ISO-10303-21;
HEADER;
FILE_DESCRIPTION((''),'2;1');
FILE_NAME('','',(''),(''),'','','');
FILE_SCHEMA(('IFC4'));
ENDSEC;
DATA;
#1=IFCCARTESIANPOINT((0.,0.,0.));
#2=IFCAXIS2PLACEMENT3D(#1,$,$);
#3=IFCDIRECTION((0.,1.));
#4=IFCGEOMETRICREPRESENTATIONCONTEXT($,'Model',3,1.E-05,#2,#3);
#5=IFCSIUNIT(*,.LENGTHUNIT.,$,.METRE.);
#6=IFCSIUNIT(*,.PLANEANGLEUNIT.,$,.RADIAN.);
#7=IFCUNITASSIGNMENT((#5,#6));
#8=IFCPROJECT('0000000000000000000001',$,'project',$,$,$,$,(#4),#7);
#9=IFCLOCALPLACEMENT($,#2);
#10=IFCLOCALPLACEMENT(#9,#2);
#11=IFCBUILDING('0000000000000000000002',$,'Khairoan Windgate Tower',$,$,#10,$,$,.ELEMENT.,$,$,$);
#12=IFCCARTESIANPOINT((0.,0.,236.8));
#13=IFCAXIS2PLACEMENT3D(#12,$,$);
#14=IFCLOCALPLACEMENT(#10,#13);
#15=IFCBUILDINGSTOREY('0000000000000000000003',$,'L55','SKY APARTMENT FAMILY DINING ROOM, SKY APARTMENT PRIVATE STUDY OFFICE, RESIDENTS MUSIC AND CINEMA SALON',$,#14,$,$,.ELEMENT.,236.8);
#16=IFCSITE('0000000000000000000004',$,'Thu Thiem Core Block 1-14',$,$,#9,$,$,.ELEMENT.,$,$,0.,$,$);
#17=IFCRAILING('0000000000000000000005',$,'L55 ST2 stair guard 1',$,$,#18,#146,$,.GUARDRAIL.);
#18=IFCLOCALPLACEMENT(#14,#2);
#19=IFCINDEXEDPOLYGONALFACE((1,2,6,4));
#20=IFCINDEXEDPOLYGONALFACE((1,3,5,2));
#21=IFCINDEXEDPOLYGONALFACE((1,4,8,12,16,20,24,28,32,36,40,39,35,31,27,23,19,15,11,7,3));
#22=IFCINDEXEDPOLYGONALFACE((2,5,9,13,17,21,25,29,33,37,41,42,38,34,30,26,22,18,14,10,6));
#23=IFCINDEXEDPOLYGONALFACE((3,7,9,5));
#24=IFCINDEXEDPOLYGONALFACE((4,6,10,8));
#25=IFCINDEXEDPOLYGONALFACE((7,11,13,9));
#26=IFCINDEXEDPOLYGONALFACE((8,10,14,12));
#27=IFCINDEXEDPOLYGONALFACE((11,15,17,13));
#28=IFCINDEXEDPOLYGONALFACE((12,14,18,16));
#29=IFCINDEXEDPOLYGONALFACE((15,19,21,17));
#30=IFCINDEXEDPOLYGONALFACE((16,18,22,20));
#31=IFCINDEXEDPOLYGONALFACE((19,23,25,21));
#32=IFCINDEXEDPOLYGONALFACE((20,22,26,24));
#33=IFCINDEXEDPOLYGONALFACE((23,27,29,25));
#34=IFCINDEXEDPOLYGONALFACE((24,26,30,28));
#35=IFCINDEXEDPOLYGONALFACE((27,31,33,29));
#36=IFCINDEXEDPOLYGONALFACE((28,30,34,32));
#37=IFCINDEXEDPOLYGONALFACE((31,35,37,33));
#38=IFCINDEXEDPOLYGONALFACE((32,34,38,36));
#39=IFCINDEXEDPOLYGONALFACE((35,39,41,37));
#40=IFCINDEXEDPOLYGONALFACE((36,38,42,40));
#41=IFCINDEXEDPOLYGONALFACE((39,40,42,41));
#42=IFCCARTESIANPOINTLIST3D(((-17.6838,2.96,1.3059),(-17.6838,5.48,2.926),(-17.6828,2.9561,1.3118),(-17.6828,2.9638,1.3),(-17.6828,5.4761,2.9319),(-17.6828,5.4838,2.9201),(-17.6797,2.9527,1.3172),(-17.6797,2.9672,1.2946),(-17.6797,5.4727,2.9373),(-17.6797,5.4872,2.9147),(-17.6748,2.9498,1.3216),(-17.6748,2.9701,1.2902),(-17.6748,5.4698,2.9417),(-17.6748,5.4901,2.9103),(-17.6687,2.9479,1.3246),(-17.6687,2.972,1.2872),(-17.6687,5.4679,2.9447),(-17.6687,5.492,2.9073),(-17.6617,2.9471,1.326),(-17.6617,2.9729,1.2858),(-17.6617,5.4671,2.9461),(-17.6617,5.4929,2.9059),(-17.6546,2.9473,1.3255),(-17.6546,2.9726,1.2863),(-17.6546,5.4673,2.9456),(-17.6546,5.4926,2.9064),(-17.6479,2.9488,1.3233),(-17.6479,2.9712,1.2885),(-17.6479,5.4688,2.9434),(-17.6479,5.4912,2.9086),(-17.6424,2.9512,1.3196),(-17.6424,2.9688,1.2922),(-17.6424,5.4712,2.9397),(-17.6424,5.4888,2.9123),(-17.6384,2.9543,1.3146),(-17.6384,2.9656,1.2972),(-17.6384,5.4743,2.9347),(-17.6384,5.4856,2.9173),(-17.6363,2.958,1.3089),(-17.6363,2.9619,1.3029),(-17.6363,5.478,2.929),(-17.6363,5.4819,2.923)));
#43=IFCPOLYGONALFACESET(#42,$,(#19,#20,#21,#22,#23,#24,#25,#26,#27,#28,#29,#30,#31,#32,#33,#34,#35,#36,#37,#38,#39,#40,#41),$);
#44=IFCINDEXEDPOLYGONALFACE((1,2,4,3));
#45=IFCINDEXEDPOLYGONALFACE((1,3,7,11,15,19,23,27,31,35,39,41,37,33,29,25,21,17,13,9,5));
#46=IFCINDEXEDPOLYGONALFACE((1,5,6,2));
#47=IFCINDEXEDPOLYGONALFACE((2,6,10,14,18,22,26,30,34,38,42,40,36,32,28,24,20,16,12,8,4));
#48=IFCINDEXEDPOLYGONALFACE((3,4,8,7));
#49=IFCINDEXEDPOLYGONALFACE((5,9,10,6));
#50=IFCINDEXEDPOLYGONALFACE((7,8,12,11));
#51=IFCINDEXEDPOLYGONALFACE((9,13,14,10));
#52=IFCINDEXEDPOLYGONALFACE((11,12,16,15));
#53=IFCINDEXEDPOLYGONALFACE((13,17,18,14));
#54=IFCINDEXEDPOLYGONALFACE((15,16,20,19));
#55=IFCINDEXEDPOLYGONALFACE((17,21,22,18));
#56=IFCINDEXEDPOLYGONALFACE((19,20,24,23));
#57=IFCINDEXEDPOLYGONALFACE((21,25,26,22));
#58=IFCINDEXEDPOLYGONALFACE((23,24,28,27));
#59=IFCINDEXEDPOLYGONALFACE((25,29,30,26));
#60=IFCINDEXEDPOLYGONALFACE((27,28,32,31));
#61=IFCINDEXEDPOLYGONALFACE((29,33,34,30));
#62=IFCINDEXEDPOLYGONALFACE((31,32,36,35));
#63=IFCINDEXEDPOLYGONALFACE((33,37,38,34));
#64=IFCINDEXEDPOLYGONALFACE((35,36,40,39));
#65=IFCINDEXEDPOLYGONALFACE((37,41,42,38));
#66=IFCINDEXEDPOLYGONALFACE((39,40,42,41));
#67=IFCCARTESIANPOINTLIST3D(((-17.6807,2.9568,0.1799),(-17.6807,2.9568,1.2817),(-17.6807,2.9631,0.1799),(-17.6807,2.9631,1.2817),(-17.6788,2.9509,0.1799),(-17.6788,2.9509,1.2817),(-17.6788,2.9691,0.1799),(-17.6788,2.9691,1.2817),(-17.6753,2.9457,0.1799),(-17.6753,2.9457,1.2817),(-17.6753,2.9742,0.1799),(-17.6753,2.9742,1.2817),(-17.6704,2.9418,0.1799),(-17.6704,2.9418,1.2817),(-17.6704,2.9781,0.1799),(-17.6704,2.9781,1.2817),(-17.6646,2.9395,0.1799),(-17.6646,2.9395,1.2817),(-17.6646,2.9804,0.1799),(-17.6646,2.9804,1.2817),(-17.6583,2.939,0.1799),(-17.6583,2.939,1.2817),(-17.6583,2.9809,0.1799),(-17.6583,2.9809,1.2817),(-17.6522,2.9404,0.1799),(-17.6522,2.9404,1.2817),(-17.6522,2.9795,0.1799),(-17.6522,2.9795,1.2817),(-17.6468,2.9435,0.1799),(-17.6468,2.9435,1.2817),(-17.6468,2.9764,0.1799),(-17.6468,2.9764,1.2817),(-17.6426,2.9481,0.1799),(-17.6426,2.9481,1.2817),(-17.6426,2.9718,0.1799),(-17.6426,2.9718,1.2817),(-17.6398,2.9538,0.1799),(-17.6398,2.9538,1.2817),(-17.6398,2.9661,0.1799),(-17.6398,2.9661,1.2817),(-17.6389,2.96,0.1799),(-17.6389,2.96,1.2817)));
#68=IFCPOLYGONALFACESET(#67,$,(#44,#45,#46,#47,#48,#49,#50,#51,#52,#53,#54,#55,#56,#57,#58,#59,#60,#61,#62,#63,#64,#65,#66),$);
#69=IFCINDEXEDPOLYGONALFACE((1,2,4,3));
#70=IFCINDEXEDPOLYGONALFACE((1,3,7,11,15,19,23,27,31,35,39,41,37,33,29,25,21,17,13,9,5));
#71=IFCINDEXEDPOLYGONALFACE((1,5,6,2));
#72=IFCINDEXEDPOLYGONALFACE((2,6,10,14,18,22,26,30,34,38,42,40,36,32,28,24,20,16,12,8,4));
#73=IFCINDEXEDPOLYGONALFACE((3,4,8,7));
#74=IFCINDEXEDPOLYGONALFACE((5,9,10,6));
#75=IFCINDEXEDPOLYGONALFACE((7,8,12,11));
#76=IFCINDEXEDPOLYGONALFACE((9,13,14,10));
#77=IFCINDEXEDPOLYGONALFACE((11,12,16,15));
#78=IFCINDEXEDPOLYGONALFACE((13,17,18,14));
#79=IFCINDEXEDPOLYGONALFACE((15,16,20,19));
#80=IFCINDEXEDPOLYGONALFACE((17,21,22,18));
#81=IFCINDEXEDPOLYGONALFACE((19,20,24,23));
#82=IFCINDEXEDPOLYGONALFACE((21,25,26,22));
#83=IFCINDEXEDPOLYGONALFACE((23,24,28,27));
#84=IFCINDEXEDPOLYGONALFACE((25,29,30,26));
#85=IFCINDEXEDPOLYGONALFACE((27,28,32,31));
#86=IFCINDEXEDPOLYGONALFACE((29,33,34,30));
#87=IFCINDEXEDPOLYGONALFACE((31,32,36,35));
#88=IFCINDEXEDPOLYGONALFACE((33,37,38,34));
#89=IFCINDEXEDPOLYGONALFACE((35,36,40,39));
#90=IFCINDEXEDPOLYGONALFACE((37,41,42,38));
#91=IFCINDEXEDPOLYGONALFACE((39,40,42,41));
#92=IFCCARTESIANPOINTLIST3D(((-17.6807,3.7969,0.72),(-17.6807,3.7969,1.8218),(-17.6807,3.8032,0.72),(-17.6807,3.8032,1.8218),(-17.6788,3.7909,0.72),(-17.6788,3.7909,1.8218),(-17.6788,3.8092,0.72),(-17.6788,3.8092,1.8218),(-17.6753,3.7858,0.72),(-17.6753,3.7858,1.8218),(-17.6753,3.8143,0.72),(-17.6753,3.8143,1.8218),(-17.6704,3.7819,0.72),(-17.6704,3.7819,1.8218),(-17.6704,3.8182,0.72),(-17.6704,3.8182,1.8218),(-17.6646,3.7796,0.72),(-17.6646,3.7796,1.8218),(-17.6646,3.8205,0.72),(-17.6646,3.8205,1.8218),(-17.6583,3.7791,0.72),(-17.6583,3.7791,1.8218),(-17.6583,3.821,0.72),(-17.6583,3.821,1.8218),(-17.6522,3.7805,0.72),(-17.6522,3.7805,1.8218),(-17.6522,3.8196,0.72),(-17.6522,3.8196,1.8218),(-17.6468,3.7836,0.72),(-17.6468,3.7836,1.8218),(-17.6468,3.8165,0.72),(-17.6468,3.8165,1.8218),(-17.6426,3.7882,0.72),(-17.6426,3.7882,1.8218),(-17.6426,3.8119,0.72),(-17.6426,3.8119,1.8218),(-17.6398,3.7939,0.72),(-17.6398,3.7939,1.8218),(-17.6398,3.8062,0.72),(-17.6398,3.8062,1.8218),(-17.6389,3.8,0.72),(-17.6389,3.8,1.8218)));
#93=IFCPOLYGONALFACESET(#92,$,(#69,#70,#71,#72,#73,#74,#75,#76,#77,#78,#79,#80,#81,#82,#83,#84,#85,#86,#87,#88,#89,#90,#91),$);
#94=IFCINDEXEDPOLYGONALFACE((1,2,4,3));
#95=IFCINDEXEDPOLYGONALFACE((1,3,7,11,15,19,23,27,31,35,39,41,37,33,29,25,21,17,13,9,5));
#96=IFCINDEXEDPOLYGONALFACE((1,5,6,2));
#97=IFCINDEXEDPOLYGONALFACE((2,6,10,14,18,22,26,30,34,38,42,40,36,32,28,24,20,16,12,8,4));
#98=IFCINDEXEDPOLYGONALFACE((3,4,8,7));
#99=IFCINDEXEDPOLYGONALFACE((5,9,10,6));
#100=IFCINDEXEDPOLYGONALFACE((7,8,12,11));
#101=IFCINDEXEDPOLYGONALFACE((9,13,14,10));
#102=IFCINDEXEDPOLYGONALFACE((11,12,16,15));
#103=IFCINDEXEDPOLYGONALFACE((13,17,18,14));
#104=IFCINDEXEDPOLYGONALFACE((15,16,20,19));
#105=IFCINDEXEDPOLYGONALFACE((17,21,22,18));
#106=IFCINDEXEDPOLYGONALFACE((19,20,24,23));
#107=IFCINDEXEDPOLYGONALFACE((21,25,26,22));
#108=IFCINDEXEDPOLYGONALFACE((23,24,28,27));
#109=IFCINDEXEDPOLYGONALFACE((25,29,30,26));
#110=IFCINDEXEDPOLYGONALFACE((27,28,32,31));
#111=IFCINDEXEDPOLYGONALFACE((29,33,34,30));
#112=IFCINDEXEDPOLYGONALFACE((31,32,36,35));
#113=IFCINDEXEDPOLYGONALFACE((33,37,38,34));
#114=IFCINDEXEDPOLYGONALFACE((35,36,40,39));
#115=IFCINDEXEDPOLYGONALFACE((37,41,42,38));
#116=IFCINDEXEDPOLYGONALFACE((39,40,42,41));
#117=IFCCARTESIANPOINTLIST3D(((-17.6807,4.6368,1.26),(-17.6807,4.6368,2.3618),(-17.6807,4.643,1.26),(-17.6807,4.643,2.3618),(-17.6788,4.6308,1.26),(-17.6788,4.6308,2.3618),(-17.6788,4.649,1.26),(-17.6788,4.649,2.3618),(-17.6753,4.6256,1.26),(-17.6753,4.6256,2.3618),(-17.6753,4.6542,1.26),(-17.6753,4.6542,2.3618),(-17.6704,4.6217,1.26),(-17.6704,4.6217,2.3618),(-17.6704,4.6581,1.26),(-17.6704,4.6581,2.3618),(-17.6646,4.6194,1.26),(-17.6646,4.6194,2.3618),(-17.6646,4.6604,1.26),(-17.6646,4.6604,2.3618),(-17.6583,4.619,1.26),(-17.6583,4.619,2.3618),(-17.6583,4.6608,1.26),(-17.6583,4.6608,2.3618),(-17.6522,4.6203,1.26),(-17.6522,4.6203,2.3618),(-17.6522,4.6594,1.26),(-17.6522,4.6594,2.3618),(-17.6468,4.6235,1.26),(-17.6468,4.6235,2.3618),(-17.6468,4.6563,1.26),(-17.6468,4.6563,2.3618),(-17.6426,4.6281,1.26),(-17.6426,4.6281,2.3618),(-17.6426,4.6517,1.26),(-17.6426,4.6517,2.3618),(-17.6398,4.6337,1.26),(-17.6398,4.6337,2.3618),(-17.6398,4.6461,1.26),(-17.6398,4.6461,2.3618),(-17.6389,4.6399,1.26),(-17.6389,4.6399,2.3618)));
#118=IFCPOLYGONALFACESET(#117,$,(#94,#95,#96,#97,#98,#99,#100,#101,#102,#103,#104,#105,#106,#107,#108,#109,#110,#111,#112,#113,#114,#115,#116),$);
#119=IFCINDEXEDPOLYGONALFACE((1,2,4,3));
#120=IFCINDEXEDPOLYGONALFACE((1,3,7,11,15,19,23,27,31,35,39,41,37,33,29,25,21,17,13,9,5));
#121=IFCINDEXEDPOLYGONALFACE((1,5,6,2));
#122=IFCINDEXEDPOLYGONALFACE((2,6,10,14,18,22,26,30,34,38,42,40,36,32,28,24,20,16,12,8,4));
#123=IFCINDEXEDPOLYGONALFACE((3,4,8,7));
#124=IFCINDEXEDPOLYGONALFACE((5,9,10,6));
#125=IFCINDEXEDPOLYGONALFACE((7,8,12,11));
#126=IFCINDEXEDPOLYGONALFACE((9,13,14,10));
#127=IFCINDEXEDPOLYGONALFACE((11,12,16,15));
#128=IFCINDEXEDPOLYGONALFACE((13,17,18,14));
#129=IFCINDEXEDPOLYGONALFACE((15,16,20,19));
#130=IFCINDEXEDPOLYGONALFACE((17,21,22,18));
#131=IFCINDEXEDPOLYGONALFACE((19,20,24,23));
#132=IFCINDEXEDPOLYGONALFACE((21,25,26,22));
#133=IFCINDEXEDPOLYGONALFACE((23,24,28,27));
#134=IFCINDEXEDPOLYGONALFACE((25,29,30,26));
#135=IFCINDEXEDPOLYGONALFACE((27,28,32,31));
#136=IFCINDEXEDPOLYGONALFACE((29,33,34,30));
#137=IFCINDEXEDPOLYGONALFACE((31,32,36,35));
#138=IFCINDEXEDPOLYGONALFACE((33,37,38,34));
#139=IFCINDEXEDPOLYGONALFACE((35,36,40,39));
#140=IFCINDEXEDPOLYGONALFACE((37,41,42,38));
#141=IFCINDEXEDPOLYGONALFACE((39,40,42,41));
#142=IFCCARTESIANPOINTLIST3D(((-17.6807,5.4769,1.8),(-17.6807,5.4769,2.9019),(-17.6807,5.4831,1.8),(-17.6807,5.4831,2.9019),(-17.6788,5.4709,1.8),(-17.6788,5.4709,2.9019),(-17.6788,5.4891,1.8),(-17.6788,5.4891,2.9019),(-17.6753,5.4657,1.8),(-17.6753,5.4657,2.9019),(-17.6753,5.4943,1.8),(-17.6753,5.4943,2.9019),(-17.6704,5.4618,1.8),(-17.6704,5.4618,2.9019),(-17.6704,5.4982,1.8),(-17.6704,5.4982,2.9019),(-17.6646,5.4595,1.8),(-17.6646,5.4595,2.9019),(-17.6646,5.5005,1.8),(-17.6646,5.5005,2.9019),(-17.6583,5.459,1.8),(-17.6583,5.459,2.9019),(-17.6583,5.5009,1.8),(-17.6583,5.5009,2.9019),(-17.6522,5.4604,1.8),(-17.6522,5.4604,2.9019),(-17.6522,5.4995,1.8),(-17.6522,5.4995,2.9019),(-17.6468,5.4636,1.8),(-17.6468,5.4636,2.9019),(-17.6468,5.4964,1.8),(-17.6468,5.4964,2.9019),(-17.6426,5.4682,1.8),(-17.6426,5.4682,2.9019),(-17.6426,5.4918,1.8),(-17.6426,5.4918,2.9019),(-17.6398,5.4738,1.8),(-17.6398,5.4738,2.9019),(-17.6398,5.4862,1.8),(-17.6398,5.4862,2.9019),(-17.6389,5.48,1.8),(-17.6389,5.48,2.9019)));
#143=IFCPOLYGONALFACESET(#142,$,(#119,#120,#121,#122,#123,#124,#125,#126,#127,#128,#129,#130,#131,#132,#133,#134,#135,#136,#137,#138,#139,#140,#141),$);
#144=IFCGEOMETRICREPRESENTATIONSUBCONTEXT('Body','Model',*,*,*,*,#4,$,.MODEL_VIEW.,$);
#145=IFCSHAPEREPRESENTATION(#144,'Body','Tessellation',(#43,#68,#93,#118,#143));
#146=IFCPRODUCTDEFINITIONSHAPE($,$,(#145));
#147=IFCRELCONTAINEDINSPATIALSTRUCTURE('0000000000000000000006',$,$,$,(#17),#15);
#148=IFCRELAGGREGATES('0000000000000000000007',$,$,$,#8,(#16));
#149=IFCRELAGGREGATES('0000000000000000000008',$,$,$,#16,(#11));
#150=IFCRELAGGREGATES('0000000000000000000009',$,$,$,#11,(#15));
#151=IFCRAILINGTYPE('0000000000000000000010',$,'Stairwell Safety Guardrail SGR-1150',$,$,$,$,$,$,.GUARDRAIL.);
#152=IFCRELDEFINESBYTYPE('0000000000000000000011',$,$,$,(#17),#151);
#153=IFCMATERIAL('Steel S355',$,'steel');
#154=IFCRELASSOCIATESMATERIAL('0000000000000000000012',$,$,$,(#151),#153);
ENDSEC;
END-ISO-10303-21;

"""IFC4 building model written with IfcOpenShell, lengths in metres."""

from ifc_helpers import new_model, si_unit, direction, frame, origin, origin_2d, place, context, subcontext, project, spatial, circle, extrude, material, type_object, element, save


model = new_model("IFC4")

# Units and contexts
model_context = context("Model", 3, precision=1e-05, world=origin(), true_north=direction((0.0, 1.0)))
body_context = subcontext(model_context, "Body", "Model", "MODEL_VIEW")
ifc_project = project(units=[si_unit("LENGTHUNIT", "METRE"), si_unit("PLANEANGLEUNIT", "RADIAN")], contexts=[model_context])

# Site, building, storey
site_placement = place(None, origin())
site = spatial("IfcSite", under=ifc_project, at=site_placement, Name="Thu Thiem Core Block 1-14", CompositionType="ELEMENT", RefElevation=0.0)
building_placement = place(site_placement, origin())
building = spatial("IfcBuilding", under=site, at=building_placement, Name="Khairoan Windgate Tower", CompositionType="ELEMENT")
storey_placement = place(building_placement, frame((0.0, 0.0, 236.8)))
storey = spatial("IfcBuildingStorey", under=building, at=storey_placement, Name="L55", Description="SKY APARTMENT FAMILY DINING ROOM, SKY APARTMENT PRIVATE STUDY OFFICE, RESIDENTS MUSIC AND CINEMA SALON", CompositionType="ELEMENT", Elevation=236.8)

# Railing
ifc_material_1 = material(Name="Steel S355", Category="steel")
railing_type_1 = type_object("IfcRailingType", Name="Stairwell Safety Guardrail SGR-1150", PredefinedType="GUARDRAIL", material=ifc_material_1)
railing_1_placement = place(storey_placement, frame((-17.6599, 2.96, 0.1799)))
element("IfcRailing", 1, at=railing_1_placement, inside=storey, type_object=railing_type_1, Name="L55 ST2 stair guard 1", PredefinedType="GUARDRAIL", context=body_context, shape_type="SweptSolid", body=[
    extrude(circle(Radius=0.0239, at=origin_2d()), frame((0.0, 0.0, 1.126), z_axis=(0.0, 0.841163, 0.540782), x_axis=(-1.0, 0.0, 0.0)), (0.0, 0.0, 1.0), 2.9958),
    extrude(circle(Radius=0.021, at=origin_2d()), origin(), (0.0, 0.0, 1.0), 1.1018),
    extrude(circle(Radius=0.021, at=origin_2d()), frame((0.0, 0.8401, 0.54)), (0.0, 0.0, 1.0), 1.1018),
    extrude(circle(Radius=0.021, at=origin_2d()), frame((0.0, 1.6799, 1.0801)), (0.0, 0.0, 1.0), 1.1018),
    extrude(circle(Radius=0.021, at=origin_2d()), frame((0.0, 2.52, 1.6201)), (0.0, 0.0, 1.0), 1.1018),
])

save(model, "model.ifc")
